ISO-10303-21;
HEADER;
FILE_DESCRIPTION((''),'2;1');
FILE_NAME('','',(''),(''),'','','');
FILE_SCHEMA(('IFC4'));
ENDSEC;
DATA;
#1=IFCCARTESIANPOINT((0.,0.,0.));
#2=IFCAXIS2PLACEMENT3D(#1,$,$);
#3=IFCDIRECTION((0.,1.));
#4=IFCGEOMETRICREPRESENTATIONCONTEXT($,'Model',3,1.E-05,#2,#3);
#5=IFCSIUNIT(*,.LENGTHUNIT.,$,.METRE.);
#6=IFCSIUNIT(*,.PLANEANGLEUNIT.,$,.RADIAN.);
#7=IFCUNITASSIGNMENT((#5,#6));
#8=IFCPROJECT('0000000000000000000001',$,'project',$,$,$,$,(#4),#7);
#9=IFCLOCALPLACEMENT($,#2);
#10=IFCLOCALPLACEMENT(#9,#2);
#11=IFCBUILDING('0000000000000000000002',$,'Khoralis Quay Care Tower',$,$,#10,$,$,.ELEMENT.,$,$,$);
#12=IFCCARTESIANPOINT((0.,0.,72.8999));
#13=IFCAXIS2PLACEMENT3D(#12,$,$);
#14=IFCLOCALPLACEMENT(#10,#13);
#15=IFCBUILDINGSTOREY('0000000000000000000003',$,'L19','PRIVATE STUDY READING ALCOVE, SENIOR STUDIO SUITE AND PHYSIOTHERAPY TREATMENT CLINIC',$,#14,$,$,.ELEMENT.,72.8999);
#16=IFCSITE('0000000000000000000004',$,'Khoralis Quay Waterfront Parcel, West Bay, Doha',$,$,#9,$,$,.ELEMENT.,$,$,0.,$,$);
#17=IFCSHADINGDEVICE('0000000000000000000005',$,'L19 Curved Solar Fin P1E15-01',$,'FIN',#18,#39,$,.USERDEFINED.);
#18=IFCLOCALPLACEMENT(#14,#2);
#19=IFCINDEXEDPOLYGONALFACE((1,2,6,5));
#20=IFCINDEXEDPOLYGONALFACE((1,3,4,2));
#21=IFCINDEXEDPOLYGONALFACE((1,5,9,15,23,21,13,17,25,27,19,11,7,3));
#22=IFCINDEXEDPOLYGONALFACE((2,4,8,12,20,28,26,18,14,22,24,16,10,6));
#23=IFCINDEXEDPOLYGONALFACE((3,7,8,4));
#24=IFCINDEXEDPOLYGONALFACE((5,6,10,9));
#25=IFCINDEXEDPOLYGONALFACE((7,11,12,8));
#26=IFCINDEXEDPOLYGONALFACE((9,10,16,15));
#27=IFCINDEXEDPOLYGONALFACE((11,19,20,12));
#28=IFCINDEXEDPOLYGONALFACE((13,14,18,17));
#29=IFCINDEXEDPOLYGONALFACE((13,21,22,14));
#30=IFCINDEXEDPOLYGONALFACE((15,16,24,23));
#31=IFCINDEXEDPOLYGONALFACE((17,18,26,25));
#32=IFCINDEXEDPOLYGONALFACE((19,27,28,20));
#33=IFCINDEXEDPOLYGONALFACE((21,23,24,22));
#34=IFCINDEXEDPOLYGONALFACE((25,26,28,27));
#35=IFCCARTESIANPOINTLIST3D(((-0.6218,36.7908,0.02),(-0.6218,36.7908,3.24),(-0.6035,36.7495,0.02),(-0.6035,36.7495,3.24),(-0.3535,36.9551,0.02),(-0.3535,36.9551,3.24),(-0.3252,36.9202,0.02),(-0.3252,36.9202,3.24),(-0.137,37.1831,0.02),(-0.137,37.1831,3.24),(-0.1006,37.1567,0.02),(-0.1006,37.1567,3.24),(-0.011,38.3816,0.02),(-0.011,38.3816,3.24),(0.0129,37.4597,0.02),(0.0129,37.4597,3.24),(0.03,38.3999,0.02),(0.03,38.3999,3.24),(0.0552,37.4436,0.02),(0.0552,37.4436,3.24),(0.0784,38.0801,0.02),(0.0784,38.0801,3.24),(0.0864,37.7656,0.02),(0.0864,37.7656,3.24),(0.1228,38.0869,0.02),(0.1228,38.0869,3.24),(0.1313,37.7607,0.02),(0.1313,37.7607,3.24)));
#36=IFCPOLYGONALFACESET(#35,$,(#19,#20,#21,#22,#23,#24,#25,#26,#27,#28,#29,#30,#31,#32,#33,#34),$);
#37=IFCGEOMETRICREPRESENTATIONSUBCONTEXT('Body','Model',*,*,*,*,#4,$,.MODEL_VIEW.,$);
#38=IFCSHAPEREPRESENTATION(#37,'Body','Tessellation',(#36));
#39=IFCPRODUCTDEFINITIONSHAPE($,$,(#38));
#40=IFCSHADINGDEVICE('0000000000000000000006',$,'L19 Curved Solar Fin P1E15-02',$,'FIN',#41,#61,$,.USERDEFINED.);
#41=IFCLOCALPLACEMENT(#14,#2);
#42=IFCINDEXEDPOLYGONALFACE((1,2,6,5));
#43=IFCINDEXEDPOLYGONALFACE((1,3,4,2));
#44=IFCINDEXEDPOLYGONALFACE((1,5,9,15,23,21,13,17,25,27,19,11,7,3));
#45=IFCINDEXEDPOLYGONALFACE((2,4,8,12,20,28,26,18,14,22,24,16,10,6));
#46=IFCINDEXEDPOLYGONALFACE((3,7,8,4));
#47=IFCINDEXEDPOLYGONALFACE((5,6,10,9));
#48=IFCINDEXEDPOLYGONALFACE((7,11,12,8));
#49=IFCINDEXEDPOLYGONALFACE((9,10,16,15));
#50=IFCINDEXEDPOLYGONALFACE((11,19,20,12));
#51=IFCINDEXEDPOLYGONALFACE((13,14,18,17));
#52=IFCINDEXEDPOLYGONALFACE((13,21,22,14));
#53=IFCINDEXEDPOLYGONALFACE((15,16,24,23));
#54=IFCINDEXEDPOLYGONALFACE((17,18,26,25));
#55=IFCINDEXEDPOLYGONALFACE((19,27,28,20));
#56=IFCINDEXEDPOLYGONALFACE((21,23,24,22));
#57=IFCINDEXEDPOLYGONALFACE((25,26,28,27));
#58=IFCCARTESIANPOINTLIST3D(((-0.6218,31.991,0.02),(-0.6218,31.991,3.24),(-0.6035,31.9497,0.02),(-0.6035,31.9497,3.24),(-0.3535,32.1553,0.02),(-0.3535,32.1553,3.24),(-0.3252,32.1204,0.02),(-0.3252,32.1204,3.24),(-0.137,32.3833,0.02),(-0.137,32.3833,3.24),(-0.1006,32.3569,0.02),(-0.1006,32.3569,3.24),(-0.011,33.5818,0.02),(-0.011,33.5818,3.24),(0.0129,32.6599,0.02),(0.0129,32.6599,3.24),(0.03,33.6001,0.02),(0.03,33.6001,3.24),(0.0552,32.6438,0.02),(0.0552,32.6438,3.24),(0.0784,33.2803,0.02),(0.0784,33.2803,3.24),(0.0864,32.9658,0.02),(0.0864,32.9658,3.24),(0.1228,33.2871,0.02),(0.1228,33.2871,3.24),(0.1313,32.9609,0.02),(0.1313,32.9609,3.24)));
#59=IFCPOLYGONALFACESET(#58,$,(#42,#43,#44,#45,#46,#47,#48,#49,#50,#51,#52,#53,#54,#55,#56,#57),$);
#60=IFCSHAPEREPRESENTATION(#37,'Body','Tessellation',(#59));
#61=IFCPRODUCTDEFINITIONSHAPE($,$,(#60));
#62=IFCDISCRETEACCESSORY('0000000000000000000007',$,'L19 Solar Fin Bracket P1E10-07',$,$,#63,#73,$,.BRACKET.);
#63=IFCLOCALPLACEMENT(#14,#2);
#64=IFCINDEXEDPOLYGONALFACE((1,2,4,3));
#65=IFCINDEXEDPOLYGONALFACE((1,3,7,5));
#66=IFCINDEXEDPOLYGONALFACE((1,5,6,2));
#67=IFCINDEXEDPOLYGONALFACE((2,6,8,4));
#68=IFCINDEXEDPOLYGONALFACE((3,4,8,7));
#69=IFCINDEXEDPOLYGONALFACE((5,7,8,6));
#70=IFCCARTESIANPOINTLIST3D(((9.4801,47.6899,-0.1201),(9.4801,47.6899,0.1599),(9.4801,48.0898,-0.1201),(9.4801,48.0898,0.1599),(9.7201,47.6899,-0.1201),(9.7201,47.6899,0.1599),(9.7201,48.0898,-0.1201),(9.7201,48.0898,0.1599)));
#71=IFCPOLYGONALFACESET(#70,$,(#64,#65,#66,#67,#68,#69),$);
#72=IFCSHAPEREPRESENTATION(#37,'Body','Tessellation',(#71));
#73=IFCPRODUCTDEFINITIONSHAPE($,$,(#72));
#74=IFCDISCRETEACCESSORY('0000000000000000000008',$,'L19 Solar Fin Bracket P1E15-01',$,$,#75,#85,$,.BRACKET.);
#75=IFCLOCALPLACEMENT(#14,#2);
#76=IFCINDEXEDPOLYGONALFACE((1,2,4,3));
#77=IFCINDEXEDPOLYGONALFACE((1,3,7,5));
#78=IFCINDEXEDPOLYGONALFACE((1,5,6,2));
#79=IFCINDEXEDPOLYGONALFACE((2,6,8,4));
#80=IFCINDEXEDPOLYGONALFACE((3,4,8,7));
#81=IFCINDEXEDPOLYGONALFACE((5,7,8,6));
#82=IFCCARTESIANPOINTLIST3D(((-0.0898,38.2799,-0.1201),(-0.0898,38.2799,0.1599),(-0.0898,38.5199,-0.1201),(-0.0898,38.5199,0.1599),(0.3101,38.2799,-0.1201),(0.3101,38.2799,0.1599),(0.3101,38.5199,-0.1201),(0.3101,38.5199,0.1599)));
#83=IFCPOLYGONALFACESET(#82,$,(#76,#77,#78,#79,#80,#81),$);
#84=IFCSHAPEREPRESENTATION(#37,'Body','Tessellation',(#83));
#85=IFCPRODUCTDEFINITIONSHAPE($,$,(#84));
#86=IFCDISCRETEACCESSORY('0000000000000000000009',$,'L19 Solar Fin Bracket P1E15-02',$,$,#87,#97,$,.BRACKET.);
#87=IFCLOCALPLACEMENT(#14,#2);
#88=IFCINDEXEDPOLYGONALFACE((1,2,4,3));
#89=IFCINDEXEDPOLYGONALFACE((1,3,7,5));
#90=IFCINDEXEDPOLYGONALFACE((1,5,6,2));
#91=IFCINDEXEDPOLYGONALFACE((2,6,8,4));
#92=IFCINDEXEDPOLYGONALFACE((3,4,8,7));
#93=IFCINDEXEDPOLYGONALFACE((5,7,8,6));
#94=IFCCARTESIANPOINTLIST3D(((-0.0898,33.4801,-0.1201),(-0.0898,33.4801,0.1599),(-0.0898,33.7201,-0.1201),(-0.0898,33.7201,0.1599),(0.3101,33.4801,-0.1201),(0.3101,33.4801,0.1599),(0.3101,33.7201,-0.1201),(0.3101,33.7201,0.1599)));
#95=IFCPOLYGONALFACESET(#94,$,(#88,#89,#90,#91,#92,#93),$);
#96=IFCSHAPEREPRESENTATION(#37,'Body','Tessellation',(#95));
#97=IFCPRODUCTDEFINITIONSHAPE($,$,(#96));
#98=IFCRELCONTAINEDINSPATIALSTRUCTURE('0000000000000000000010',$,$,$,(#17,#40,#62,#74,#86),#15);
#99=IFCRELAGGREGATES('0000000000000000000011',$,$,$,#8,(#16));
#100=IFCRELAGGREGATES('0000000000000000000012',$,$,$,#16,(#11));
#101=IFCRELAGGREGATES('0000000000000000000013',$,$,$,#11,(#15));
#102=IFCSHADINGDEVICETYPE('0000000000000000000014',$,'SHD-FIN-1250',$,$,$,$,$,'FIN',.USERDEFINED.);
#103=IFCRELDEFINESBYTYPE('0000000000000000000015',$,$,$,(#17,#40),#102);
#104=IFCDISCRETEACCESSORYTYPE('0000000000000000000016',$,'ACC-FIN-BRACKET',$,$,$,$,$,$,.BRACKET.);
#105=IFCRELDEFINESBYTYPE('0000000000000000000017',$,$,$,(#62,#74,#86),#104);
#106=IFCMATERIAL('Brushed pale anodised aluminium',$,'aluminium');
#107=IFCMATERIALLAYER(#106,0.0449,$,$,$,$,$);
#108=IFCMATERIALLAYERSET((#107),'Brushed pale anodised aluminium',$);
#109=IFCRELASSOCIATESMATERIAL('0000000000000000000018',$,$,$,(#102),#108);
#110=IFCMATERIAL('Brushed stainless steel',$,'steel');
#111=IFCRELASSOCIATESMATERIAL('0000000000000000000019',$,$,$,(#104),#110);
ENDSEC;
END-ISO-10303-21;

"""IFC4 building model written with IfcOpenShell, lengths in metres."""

from ifc_helpers import new_model, si_unit, direction, frame, origin, origin_2d, place, context, subcontext, project, spatial, polyline, rectangle, outline, extrude, source, transform, mapped, material, layer, layer_set, type_object, element, save


model = new_model("IFC4")

# Units and contexts
model_context = context("Model", 3, precision=1e-05, world=origin(), true_north=direction((0.0, 1.0)))
body_context = subcontext(model_context, "Body", "Model", "MODEL_VIEW")
ifc_project = project(units=[si_unit("LENGTHUNIT", "METRE"), si_unit("PLANEANGLEUNIT", "RADIAN")], contexts=[model_context])

# Site, building, storey
site_placement = place(None, origin())
site = spatial("IfcSite", under=ifc_project, at=site_placement, Name="Khoralis Quay Waterfront Parcel, West Bay, Doha", CompositionType="ELEMENT", RefElevation=0.0)
building_placement = place(site_placement, origin())
building = spatial("IfcBuilding", under=site, at=building_placement, Name="Khoralis Quay Care Tower", CompositionType="ELEMENT")
storey_placement = place(building_placement, frame((0.0, 0.0, 72.8999)))
storey = spatial("IfcBuildingStorey", under=building, at=storey_placement, Name="L19", Description="PRIVATE STUDY READING ALCOVE, SENIOR STUDIO SUITE AND PHYSIOTHERAPY TREATMENT CLINIC", CompositionType="ELEMENT", Elevation=72.8999)

# Shading devices
ifc_material_1 = material(Name="Brushed pale anodised aluminium", Category="aluminium")
ifc_layer_1 = layer(ifc_material_1, 0.0449)
ifc_layer_set_1 = layer_set([ifc_layer_1], Name="Brushed pale anodised aluminium")
shading_device_type = type_object("IfcShadingDeviceType", Name="SHD-FIN-1250", ElementType="FIN", PredefinedType="USERDEFINED", material=ifc_layer_set_1)
shared_shape_1 = source(origin(), body_context, "Body", "SweptSolid", [
    extrude(outline(polyline([(0.0, 0.0), (-0.0928, 0.313), (-0.1013, 0.6392), (-0.0251, 0.9563), (0.1306, 1.2432), (0.3552, 1.4797), (0.6335, 1.6504), (0.6519, 1.6091), (0.3835, 1.4448), (0.167, 1.2168), (0.0171, 0.9402), (-0.0564, 0.6343), (-0.0483, 0.3198), (0.041, 0.0183), (0.0, 0.0)])), origin(), (0.0, 0.0, 1.0), 3.22),
])
for number, where, z_axis, x_axis, name in (
    (1, (0.03, 38.3999, 0.02), (0.0, 0.0, 1.0), (-1.0, 0.0, 0.0), "L19 Curved Solar Fin P1E15-01"),
    (2, (0.03, 33.6001, 0.02), (0.0, 0.0, 1.0), (-1.0, 0.0, 0.0), "L19 Curved Solar Fin P1E15-02"),
):
    element("IfcShadingDevice", number, at=place(storey_placement, frame(where, z_axis=z_axis, x_axis=x_axis)), inside=storey, type_object=shading_device_type, Name=name, ObjectType="FIN", PredefinedType="USERDEFINED", context=body_context, shape_type="MappedRepresentation", body=[
        mapped(shared_shape_1, transform((0.0, 0.0, 0.0), scale=1.0)),
    ])

# Discrete accessories
ifc_material_2 = material(Name="Brushed stainless steel", Category="steel")
discrete_accessory_type = type_object("IfcDiscreteAccessoryType", Name="ACC-FIN-BRACKET", PredefinedType="BRACKET", material=ifc_material_2)
shared_shape_2 = source(origin(), body_context, "Body", "SweptSolid", [
    extrude(rectangle(XDim=0.3999, YDim=0.24, at=origin_2d()), origin(), (0.0, 0.0, 1.0), 0.28),
])
for number, where, z_axis, x_axis, name in (
    (3, (9.6001, 47.8899, -0.1201), (0.0, 0.0, 1.0), (0.0, 1.0, 0.0), "L19 Solar Fin Bracket P1E10-07"),
    (4, (0.1101, 38.3999, -0.1201), (0.0, 0.0, 1.0), (-1.0, 0.0, 0.0), "L19 Solar Fin Bracket P1E15-01"),
    (5, (0.1101, 33.6001, -0.1201), (0.0, 0.0, 1.0), (-1.0, 0.0, 0.0), "L19 Solar Fin Bracket P1E15-02"),
):
    element("IfcDiscreteAccessory", number, at=place(storey_placement, frame(where, z_axis=z_axis, x_axis=x_axis)), inside=storey, type_object=discrete_accessory_type, Name=name, PredefinedType="BRACKET", context=body_context, shape_type="MappedRepresentation", body=[
        mapped(shared_shape_2, transform((0.0, 0.0, 0.0), scale=1.0)),
    ])

save(model, "model.ifc")
